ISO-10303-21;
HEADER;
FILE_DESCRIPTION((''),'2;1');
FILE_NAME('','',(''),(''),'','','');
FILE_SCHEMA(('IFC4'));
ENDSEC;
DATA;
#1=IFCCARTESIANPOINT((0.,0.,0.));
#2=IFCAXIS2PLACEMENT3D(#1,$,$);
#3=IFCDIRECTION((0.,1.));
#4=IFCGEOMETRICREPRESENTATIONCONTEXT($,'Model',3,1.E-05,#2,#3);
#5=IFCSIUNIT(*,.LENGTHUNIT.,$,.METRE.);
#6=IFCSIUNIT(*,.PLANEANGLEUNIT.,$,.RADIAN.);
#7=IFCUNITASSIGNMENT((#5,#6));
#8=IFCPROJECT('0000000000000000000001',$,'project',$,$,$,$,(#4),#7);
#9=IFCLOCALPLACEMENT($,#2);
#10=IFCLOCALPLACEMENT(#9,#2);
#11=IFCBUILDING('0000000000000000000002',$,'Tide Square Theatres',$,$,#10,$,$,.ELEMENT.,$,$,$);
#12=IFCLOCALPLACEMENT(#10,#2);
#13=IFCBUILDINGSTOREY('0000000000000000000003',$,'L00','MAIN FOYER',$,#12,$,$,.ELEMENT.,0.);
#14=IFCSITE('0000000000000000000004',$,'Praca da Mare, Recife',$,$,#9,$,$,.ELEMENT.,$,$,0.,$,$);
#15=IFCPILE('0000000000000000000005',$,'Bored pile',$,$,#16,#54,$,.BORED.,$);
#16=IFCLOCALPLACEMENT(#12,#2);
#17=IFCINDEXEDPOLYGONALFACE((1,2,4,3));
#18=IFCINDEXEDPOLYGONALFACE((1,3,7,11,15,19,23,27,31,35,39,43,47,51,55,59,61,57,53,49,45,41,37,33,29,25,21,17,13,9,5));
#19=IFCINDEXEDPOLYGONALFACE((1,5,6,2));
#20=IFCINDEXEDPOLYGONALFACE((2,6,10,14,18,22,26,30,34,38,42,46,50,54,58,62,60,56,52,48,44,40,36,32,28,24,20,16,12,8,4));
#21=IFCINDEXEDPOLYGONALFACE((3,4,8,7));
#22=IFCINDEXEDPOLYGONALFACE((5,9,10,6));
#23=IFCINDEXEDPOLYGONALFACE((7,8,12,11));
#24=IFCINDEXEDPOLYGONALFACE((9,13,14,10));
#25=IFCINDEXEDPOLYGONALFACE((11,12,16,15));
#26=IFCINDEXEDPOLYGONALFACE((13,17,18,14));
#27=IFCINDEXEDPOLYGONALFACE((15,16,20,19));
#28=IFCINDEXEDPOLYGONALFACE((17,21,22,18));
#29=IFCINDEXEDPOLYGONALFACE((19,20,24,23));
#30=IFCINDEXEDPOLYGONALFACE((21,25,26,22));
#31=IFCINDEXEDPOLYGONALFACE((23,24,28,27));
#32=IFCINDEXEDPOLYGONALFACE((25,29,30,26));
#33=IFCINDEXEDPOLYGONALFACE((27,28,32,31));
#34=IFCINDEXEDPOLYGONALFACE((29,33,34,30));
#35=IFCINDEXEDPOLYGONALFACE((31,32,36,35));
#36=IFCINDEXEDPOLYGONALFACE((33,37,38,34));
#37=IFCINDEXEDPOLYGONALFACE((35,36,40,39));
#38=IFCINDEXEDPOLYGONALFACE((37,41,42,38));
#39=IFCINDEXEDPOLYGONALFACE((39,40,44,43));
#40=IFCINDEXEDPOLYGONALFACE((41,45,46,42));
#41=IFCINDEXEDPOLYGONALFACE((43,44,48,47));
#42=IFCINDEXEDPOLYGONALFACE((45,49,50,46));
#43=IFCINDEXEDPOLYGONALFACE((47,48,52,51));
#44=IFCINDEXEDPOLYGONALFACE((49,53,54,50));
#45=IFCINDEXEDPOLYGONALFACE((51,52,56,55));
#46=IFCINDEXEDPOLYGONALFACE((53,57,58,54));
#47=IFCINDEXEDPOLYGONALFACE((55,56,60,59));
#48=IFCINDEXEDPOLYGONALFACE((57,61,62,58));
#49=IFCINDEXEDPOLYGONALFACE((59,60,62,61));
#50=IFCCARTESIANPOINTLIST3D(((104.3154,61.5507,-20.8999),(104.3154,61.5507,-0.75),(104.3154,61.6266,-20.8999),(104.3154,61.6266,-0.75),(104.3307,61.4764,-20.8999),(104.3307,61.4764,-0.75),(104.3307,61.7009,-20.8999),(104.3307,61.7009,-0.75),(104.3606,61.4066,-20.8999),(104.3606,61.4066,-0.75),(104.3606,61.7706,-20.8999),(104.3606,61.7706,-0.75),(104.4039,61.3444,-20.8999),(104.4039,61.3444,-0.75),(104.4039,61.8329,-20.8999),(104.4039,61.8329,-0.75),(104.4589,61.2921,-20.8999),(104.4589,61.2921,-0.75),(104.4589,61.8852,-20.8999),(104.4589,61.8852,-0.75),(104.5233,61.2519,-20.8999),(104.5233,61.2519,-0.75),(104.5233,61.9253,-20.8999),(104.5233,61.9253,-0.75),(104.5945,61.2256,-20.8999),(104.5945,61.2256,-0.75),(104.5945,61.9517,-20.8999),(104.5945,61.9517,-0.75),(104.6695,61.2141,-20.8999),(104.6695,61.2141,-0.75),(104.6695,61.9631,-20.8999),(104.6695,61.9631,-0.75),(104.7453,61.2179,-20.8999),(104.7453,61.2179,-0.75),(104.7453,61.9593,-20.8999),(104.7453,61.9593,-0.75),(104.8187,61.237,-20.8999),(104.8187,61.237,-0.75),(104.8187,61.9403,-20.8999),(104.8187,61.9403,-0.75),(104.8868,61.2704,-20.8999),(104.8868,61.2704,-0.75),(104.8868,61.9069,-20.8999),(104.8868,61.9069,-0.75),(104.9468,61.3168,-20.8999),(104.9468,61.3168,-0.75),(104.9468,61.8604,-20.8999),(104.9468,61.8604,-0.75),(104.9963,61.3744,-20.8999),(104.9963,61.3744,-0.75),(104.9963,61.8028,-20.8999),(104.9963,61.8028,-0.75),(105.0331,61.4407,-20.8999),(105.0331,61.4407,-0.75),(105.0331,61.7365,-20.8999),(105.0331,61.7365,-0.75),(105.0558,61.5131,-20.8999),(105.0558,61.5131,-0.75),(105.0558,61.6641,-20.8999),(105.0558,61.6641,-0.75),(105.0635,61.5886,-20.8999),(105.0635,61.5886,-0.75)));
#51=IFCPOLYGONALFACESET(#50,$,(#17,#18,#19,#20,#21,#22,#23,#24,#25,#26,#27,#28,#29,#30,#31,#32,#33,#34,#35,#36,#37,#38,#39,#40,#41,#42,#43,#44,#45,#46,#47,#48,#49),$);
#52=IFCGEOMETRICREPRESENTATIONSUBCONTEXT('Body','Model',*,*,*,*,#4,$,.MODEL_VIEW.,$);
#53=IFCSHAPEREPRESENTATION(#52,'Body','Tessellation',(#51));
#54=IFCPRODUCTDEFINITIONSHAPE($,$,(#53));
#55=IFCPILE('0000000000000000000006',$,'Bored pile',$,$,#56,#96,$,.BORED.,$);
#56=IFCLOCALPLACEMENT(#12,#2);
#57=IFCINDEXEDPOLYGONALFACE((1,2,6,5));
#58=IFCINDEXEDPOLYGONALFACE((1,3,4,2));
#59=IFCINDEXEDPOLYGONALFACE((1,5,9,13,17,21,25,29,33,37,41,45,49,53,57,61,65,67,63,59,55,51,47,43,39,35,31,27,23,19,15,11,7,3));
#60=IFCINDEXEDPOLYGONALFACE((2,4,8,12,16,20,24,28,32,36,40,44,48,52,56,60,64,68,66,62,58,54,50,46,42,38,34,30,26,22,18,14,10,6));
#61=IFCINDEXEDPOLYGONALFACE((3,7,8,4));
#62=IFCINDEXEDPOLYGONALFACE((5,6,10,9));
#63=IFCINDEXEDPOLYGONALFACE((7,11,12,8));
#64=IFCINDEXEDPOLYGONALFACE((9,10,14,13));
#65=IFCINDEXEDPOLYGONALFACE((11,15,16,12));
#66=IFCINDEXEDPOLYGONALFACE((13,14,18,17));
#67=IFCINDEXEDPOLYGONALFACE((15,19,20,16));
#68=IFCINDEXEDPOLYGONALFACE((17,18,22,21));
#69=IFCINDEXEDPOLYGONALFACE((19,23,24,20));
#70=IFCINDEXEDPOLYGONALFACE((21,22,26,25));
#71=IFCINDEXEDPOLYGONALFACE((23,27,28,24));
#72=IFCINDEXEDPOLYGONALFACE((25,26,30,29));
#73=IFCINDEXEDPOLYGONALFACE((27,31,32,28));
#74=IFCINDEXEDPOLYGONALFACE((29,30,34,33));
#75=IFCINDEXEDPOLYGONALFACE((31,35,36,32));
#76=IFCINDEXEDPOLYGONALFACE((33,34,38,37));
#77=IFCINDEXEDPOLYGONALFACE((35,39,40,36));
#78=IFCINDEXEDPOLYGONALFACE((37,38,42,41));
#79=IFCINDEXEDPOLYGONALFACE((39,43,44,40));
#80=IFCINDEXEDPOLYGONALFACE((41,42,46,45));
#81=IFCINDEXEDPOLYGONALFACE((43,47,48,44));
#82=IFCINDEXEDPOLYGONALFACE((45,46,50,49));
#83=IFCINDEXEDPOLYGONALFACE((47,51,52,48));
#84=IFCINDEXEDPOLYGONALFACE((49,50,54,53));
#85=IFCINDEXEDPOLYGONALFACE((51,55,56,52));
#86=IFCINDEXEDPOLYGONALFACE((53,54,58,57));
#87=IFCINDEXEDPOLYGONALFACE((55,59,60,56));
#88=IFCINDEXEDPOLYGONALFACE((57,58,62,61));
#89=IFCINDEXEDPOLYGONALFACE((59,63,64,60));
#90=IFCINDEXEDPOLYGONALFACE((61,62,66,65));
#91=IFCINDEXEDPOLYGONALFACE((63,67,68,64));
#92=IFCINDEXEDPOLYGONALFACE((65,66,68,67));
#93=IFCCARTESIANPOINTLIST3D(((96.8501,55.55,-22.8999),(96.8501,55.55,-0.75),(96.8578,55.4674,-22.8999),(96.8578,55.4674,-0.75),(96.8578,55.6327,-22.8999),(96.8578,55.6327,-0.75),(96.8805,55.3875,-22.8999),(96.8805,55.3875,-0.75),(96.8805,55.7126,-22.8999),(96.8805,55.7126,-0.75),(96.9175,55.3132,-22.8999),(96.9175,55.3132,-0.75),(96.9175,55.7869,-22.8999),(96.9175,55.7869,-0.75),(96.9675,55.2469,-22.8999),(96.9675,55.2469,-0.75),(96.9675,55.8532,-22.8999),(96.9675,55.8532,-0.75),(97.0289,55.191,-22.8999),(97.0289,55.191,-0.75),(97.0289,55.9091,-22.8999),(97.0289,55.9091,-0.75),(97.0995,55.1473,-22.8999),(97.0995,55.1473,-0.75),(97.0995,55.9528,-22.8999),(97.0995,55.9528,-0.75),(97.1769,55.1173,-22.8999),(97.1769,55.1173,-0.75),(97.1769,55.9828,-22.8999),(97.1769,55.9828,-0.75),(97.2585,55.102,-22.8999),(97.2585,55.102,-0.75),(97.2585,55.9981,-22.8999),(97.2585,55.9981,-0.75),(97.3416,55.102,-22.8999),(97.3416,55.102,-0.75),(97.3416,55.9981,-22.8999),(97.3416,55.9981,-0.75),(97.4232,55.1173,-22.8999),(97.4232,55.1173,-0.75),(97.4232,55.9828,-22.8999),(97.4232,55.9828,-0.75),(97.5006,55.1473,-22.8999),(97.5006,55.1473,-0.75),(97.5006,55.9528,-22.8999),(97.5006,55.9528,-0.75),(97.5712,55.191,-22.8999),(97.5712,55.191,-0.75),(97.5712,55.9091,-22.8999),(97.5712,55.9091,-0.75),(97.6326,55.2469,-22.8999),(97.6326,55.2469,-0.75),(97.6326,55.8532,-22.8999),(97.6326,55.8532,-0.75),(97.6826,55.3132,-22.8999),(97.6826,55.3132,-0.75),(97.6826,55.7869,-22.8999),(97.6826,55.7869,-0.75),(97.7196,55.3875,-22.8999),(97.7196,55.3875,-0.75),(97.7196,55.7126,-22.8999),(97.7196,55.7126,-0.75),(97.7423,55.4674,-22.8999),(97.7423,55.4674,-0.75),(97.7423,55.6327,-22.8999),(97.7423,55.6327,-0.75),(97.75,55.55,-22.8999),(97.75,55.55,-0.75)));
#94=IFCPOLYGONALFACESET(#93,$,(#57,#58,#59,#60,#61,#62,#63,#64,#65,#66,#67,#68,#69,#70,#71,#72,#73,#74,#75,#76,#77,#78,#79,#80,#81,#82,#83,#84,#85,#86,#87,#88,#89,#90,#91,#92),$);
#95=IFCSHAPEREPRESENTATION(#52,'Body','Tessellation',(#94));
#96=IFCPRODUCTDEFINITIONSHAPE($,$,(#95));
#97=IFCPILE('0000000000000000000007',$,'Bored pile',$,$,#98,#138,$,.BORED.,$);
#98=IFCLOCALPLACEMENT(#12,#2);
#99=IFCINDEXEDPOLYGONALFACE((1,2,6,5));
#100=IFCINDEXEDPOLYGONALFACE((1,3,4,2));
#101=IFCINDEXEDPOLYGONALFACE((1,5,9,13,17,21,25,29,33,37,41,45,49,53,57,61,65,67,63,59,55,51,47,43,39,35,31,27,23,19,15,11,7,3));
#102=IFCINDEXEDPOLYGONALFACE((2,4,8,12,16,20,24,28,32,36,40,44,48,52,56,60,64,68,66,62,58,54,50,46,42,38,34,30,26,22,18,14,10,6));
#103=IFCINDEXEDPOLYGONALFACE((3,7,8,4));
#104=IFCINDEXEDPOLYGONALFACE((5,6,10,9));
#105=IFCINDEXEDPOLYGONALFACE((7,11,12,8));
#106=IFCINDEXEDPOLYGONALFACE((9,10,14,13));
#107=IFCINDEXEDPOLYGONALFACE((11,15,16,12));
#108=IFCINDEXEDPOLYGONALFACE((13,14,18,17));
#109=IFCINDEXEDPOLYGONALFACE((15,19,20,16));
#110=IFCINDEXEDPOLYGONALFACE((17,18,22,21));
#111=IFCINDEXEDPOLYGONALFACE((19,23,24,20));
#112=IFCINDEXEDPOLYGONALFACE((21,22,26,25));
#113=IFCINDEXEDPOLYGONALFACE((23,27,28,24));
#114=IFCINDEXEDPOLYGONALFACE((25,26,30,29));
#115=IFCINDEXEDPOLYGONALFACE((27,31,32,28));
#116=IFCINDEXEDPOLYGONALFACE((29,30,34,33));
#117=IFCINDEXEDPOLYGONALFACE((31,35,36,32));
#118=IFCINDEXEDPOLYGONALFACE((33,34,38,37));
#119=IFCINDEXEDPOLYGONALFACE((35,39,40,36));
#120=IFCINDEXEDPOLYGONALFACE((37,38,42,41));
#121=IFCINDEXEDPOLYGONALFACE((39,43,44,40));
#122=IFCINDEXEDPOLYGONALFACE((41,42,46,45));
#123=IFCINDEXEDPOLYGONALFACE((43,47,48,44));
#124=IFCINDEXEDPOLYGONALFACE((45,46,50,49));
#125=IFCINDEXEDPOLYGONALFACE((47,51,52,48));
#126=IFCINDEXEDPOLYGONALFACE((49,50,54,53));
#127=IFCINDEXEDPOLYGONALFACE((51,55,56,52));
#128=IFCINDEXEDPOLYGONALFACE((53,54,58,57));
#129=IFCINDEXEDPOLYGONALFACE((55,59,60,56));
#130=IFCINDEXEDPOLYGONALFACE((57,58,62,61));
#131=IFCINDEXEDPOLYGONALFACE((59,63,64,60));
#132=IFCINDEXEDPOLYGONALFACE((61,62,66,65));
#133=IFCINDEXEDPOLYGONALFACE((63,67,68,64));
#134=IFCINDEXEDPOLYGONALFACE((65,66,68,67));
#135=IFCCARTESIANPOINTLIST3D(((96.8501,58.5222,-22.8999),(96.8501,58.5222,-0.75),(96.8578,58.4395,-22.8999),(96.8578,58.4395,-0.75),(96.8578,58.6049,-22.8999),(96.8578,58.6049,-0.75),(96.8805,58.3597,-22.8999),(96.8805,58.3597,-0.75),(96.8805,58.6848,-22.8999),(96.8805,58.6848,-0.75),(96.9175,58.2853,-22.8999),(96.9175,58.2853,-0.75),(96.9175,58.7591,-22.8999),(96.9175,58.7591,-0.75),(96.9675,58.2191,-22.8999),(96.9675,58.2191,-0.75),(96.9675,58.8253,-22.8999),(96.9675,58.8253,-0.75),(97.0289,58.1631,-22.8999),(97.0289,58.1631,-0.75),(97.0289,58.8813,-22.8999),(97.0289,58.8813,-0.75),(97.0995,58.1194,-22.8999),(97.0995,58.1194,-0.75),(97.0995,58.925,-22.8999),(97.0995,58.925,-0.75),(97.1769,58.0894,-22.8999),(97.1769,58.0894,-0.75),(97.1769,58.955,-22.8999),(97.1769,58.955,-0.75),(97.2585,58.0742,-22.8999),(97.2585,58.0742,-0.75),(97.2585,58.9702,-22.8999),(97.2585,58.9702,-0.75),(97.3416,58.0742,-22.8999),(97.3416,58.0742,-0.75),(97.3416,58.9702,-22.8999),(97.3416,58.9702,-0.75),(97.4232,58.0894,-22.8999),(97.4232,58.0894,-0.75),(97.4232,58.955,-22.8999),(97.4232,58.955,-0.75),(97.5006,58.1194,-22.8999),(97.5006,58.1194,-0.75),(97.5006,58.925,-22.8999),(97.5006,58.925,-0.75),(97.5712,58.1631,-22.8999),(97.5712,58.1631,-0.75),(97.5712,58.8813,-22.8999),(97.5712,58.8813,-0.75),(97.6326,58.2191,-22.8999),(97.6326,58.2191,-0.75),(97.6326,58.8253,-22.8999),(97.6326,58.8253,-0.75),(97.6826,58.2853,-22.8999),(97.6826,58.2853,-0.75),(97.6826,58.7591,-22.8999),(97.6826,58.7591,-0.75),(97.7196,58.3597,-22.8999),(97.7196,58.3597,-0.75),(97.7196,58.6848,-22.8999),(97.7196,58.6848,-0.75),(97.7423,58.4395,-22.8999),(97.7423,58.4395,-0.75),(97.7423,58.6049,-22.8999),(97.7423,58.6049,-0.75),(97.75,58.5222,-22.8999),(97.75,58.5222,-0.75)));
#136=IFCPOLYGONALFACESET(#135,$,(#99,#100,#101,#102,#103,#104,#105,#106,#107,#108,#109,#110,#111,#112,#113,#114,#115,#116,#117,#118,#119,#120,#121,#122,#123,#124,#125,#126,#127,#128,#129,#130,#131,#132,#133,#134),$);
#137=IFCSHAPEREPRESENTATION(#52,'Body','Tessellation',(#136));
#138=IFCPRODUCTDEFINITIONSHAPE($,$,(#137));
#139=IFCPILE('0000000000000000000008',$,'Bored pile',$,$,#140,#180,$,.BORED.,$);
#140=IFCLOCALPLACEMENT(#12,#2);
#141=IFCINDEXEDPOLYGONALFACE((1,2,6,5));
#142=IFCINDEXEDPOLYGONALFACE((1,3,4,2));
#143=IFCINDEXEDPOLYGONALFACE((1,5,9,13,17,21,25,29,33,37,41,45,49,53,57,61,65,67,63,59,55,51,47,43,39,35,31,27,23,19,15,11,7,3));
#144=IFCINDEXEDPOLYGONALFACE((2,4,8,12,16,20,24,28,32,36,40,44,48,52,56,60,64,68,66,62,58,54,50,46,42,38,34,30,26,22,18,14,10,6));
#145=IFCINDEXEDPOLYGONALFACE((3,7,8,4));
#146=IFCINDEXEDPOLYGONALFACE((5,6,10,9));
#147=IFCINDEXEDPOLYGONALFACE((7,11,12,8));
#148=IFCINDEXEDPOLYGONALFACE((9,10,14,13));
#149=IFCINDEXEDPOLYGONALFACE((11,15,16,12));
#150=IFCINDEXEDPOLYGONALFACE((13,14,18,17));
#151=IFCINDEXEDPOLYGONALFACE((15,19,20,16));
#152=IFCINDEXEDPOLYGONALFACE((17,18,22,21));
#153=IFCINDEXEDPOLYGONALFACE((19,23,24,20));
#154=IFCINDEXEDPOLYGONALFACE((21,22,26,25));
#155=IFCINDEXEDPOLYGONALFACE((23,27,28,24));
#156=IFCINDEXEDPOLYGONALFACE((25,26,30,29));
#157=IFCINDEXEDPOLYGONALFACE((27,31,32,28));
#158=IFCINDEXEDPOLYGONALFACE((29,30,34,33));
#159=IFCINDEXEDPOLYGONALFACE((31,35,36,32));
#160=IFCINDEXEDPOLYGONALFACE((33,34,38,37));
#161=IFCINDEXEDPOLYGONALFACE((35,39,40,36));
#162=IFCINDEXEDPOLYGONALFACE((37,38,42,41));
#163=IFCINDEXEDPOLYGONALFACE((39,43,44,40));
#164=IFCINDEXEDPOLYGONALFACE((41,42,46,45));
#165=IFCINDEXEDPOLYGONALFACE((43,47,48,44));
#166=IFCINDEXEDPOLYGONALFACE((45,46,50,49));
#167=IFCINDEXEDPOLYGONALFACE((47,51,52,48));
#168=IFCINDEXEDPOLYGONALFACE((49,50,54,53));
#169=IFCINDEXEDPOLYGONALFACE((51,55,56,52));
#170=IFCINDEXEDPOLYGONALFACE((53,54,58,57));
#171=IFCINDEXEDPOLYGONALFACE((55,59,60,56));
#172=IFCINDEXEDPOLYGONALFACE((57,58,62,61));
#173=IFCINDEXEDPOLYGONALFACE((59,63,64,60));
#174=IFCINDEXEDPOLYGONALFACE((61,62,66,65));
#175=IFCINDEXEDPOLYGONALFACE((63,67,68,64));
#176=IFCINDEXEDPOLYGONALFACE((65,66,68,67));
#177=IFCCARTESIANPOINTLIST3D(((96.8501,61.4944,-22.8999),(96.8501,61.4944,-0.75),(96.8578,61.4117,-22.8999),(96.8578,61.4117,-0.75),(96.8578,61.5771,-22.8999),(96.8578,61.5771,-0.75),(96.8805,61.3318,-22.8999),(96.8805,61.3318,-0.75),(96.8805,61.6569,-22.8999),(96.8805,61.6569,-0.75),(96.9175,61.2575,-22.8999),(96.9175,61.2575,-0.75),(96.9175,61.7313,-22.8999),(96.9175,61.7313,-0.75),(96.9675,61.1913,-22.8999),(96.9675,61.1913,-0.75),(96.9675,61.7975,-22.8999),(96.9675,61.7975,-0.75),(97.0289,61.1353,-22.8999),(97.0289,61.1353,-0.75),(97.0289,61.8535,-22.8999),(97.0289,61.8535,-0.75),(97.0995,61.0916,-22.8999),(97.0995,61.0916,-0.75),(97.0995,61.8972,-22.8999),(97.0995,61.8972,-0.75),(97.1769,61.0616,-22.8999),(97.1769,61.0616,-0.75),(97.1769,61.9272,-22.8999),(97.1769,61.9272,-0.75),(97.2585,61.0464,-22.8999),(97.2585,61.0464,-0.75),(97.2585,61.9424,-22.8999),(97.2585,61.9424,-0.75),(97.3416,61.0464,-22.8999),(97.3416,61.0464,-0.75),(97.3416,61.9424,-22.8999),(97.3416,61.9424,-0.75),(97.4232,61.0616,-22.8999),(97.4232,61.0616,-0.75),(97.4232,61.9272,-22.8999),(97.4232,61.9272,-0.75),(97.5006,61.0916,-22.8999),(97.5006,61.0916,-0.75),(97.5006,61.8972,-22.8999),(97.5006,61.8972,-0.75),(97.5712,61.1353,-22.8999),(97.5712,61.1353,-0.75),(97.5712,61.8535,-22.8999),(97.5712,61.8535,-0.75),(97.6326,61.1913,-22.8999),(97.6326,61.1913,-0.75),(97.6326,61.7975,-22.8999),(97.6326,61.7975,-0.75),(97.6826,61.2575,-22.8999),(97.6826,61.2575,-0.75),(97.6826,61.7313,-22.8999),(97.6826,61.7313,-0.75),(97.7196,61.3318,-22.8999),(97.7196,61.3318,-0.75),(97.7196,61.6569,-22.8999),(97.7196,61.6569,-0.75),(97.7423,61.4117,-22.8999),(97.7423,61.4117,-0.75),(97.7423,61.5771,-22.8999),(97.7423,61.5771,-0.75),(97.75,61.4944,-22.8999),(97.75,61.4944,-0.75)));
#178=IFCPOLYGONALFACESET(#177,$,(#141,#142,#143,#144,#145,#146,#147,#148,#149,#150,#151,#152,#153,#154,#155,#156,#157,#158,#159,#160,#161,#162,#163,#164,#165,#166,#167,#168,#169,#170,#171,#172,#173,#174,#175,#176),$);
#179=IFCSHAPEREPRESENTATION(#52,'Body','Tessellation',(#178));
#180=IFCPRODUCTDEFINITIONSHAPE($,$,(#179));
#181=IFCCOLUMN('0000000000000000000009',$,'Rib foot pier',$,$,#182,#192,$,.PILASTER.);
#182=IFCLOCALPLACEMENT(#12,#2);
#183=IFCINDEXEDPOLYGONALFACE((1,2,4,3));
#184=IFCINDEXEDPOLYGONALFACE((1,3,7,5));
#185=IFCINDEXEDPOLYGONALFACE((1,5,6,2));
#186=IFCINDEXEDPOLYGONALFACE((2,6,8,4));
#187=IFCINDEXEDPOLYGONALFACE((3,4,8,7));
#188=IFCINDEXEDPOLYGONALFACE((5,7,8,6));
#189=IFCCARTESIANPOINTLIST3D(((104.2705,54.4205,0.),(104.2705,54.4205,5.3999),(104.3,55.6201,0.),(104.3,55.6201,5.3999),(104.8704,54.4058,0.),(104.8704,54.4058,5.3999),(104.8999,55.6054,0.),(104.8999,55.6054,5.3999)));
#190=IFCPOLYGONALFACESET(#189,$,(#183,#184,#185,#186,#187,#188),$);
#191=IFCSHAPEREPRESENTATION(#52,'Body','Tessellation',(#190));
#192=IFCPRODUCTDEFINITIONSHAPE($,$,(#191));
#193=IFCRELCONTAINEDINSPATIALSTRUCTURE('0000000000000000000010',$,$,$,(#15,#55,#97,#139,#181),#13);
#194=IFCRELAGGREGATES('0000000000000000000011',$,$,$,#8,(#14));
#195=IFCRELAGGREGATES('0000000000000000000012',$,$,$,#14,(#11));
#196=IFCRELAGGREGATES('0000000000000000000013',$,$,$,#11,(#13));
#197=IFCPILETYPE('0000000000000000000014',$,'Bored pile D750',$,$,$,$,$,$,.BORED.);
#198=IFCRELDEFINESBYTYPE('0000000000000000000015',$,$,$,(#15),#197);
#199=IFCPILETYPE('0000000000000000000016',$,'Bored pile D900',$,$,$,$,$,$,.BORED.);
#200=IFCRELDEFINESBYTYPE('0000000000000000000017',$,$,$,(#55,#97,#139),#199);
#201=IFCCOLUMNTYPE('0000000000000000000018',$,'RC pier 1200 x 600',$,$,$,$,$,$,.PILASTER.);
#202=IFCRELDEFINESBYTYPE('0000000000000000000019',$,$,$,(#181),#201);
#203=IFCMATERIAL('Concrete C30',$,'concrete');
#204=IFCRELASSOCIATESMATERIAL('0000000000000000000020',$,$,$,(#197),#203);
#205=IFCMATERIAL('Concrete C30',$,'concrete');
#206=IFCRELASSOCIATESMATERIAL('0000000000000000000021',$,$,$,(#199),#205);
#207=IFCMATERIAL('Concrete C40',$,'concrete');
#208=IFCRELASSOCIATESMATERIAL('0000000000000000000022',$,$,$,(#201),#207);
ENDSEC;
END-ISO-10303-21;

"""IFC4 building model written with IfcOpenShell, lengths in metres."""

from ifc_helpers import new_model, si_unit, direction, frame, origin, origin_2d, place, context, subcontext, project, spatial, rectangle, circle, extrude, material, material_profile, profile_set, type_object, element, save


model = new_model("IFC4")

# Units and contexts
model_context = context("Model", 3, precision=1e-05, world=origin(), true_north=direction((0.0, 1.0)))
body_context = subcontext(model_context, "Body", "Model", "MODEL_VIEW")
ifc_project = project(units=[si_unit("LENGTHUNIT", "METRE"), si_unit("PLANEANGLEUNIT", "RADIAN")], contexts=[model_context])

# Site, building, storey
site_placement = place(None, origin())
site = spatial("IfcSite", under=ifc_project, at=site_placement, Name="Praca da Mare, Recife", CompositionType="ELEMENT", RefElevation=0.0)
building_placement = place(site_placement, origin())
building = spatial("IfcBuilding", under=site, at=building_placement, Name="Tide Square Theatres", CompositionType="ELEMENT")
storey_placement = place(building_placement, origin())
storey = spatial("IfcBuildingStorey", under=building, at=storey_placement, Name="L00", Description="MAIN FOYER", CompositionType="ELEMENT", Elevation=0.0)

# Piles
ifc_material_1 = material(Name="Concrete C30", Category="concrete")
ifc_material_profile_1 = material_profile(ifc_material_1, circle(Radius=0.375, at=origin_2d()))
ifc_profile_set_1 = profile_set([ifc_material_profile_1], Name="Concrete C30")
pile_type_1 = type_object("IfcPileType", Name="Bored pile D750", PredefinedType="BORED", material=ifc_profile_set_1)
for number, where, z_axis, x_axis, name in (
    (1, (104.6885, 61.5886, -0.75), (0.0, 0.0, -1.0), (1.0, 0.0, 0.0), "Bored pile"),
):
    element("IfcPile", number, at=place(storey_placement, frame(where, z_axis=z_axis, x_axis=x_axis)), inside=storey, type_object=pile_type_1, Name=name, PredefinedType="BORED", context=body_context, shape_type="SweptSolid", body=[
        extrude(circle(Radius=0.375, at=origin_2d()), origin(), (0.0, 0.0, 1.0), 20.1499),
    ])
ifc_material_2 = material(Name="Concrete C30", Category="concrete")
ifc_material_profile_2 = material_profile(ifc_material_2, circle(Radius=0.45, at=origin_2d()))
ifc_profile_set_2 = profile_set([ifc_material_profile_2], Name="Concrete C30")
pile_type_2 = type_object("IfcPileType", Name="Bored pile D900", PredefinedType="BORED", material=ifc_profile_set_2)
for number, where, z_axis, x_axis, name in (
    (2, (97.3, 55.55, -0.75), (0.0, 0.0, -1.0), (1.0, 0.0, 0.0), "Bored pile"),
    (3, (97.3, 58.5222, -0.75), (0.0, 0.0, -1.0), (1.0, 0.0, 0.0), "Bored pile"),
    (4, (97.3, 61.4944, -0.75), (0.0, 0.0, -1.0), (1.0, 0.0, 0.0), "Bored pile"),
):
    element("IfcPile", number, at=place(storey_placement, frame(where, z_axis=z_axis, x_axis=x_axis)), inside=storey, type_object=pile_type_2, Name=name, PredefinedType="BORED", context=body_context, shape_type="SweptSolid", body=[
        extrude(circle(Radius=0.45, at=origin_2d()), origin(), (0.0, 0.0, 1.0), 22.1499),
    ])

# Column
ifc_material_3 = material(Name="Concrete C40", Category="concrete")
ifc_material_profile_3 = material_profile(ifc_material_3, rectangle(XDim=1.2, YDim=0.6001, at=origin_2d()))
ifc_profile_set_3 = profile_set([ifc_material_profile_3], Name="Concrete C40")
column_type = type_object("IfcColumnType", Name="RC pier 1200 x 600", PredefinedType="PILASTER", material=ifc_profile_set_3)
column_placement = place(storey_placement, frame((104.5852, 55.0129, 0.0), z_axis=(0.0, 0.0, 1.0), x_axis=(0.024572, 0.999698, 0.0)))
element("IfcColumn", 5, at=column_placement, inside=storey, type_object=column_type, Name="Rib foot pier", PredefinedType="PILASTER", context=body_context, shape_type="SweptSolid", body=[
    extrude(rectangle(XDim=1.2, YDim=0.6001, at=origin_2d()), origin(), (0.0, 0.0, 1.0), 5.3999),
])

save(model, "model.ifc")
